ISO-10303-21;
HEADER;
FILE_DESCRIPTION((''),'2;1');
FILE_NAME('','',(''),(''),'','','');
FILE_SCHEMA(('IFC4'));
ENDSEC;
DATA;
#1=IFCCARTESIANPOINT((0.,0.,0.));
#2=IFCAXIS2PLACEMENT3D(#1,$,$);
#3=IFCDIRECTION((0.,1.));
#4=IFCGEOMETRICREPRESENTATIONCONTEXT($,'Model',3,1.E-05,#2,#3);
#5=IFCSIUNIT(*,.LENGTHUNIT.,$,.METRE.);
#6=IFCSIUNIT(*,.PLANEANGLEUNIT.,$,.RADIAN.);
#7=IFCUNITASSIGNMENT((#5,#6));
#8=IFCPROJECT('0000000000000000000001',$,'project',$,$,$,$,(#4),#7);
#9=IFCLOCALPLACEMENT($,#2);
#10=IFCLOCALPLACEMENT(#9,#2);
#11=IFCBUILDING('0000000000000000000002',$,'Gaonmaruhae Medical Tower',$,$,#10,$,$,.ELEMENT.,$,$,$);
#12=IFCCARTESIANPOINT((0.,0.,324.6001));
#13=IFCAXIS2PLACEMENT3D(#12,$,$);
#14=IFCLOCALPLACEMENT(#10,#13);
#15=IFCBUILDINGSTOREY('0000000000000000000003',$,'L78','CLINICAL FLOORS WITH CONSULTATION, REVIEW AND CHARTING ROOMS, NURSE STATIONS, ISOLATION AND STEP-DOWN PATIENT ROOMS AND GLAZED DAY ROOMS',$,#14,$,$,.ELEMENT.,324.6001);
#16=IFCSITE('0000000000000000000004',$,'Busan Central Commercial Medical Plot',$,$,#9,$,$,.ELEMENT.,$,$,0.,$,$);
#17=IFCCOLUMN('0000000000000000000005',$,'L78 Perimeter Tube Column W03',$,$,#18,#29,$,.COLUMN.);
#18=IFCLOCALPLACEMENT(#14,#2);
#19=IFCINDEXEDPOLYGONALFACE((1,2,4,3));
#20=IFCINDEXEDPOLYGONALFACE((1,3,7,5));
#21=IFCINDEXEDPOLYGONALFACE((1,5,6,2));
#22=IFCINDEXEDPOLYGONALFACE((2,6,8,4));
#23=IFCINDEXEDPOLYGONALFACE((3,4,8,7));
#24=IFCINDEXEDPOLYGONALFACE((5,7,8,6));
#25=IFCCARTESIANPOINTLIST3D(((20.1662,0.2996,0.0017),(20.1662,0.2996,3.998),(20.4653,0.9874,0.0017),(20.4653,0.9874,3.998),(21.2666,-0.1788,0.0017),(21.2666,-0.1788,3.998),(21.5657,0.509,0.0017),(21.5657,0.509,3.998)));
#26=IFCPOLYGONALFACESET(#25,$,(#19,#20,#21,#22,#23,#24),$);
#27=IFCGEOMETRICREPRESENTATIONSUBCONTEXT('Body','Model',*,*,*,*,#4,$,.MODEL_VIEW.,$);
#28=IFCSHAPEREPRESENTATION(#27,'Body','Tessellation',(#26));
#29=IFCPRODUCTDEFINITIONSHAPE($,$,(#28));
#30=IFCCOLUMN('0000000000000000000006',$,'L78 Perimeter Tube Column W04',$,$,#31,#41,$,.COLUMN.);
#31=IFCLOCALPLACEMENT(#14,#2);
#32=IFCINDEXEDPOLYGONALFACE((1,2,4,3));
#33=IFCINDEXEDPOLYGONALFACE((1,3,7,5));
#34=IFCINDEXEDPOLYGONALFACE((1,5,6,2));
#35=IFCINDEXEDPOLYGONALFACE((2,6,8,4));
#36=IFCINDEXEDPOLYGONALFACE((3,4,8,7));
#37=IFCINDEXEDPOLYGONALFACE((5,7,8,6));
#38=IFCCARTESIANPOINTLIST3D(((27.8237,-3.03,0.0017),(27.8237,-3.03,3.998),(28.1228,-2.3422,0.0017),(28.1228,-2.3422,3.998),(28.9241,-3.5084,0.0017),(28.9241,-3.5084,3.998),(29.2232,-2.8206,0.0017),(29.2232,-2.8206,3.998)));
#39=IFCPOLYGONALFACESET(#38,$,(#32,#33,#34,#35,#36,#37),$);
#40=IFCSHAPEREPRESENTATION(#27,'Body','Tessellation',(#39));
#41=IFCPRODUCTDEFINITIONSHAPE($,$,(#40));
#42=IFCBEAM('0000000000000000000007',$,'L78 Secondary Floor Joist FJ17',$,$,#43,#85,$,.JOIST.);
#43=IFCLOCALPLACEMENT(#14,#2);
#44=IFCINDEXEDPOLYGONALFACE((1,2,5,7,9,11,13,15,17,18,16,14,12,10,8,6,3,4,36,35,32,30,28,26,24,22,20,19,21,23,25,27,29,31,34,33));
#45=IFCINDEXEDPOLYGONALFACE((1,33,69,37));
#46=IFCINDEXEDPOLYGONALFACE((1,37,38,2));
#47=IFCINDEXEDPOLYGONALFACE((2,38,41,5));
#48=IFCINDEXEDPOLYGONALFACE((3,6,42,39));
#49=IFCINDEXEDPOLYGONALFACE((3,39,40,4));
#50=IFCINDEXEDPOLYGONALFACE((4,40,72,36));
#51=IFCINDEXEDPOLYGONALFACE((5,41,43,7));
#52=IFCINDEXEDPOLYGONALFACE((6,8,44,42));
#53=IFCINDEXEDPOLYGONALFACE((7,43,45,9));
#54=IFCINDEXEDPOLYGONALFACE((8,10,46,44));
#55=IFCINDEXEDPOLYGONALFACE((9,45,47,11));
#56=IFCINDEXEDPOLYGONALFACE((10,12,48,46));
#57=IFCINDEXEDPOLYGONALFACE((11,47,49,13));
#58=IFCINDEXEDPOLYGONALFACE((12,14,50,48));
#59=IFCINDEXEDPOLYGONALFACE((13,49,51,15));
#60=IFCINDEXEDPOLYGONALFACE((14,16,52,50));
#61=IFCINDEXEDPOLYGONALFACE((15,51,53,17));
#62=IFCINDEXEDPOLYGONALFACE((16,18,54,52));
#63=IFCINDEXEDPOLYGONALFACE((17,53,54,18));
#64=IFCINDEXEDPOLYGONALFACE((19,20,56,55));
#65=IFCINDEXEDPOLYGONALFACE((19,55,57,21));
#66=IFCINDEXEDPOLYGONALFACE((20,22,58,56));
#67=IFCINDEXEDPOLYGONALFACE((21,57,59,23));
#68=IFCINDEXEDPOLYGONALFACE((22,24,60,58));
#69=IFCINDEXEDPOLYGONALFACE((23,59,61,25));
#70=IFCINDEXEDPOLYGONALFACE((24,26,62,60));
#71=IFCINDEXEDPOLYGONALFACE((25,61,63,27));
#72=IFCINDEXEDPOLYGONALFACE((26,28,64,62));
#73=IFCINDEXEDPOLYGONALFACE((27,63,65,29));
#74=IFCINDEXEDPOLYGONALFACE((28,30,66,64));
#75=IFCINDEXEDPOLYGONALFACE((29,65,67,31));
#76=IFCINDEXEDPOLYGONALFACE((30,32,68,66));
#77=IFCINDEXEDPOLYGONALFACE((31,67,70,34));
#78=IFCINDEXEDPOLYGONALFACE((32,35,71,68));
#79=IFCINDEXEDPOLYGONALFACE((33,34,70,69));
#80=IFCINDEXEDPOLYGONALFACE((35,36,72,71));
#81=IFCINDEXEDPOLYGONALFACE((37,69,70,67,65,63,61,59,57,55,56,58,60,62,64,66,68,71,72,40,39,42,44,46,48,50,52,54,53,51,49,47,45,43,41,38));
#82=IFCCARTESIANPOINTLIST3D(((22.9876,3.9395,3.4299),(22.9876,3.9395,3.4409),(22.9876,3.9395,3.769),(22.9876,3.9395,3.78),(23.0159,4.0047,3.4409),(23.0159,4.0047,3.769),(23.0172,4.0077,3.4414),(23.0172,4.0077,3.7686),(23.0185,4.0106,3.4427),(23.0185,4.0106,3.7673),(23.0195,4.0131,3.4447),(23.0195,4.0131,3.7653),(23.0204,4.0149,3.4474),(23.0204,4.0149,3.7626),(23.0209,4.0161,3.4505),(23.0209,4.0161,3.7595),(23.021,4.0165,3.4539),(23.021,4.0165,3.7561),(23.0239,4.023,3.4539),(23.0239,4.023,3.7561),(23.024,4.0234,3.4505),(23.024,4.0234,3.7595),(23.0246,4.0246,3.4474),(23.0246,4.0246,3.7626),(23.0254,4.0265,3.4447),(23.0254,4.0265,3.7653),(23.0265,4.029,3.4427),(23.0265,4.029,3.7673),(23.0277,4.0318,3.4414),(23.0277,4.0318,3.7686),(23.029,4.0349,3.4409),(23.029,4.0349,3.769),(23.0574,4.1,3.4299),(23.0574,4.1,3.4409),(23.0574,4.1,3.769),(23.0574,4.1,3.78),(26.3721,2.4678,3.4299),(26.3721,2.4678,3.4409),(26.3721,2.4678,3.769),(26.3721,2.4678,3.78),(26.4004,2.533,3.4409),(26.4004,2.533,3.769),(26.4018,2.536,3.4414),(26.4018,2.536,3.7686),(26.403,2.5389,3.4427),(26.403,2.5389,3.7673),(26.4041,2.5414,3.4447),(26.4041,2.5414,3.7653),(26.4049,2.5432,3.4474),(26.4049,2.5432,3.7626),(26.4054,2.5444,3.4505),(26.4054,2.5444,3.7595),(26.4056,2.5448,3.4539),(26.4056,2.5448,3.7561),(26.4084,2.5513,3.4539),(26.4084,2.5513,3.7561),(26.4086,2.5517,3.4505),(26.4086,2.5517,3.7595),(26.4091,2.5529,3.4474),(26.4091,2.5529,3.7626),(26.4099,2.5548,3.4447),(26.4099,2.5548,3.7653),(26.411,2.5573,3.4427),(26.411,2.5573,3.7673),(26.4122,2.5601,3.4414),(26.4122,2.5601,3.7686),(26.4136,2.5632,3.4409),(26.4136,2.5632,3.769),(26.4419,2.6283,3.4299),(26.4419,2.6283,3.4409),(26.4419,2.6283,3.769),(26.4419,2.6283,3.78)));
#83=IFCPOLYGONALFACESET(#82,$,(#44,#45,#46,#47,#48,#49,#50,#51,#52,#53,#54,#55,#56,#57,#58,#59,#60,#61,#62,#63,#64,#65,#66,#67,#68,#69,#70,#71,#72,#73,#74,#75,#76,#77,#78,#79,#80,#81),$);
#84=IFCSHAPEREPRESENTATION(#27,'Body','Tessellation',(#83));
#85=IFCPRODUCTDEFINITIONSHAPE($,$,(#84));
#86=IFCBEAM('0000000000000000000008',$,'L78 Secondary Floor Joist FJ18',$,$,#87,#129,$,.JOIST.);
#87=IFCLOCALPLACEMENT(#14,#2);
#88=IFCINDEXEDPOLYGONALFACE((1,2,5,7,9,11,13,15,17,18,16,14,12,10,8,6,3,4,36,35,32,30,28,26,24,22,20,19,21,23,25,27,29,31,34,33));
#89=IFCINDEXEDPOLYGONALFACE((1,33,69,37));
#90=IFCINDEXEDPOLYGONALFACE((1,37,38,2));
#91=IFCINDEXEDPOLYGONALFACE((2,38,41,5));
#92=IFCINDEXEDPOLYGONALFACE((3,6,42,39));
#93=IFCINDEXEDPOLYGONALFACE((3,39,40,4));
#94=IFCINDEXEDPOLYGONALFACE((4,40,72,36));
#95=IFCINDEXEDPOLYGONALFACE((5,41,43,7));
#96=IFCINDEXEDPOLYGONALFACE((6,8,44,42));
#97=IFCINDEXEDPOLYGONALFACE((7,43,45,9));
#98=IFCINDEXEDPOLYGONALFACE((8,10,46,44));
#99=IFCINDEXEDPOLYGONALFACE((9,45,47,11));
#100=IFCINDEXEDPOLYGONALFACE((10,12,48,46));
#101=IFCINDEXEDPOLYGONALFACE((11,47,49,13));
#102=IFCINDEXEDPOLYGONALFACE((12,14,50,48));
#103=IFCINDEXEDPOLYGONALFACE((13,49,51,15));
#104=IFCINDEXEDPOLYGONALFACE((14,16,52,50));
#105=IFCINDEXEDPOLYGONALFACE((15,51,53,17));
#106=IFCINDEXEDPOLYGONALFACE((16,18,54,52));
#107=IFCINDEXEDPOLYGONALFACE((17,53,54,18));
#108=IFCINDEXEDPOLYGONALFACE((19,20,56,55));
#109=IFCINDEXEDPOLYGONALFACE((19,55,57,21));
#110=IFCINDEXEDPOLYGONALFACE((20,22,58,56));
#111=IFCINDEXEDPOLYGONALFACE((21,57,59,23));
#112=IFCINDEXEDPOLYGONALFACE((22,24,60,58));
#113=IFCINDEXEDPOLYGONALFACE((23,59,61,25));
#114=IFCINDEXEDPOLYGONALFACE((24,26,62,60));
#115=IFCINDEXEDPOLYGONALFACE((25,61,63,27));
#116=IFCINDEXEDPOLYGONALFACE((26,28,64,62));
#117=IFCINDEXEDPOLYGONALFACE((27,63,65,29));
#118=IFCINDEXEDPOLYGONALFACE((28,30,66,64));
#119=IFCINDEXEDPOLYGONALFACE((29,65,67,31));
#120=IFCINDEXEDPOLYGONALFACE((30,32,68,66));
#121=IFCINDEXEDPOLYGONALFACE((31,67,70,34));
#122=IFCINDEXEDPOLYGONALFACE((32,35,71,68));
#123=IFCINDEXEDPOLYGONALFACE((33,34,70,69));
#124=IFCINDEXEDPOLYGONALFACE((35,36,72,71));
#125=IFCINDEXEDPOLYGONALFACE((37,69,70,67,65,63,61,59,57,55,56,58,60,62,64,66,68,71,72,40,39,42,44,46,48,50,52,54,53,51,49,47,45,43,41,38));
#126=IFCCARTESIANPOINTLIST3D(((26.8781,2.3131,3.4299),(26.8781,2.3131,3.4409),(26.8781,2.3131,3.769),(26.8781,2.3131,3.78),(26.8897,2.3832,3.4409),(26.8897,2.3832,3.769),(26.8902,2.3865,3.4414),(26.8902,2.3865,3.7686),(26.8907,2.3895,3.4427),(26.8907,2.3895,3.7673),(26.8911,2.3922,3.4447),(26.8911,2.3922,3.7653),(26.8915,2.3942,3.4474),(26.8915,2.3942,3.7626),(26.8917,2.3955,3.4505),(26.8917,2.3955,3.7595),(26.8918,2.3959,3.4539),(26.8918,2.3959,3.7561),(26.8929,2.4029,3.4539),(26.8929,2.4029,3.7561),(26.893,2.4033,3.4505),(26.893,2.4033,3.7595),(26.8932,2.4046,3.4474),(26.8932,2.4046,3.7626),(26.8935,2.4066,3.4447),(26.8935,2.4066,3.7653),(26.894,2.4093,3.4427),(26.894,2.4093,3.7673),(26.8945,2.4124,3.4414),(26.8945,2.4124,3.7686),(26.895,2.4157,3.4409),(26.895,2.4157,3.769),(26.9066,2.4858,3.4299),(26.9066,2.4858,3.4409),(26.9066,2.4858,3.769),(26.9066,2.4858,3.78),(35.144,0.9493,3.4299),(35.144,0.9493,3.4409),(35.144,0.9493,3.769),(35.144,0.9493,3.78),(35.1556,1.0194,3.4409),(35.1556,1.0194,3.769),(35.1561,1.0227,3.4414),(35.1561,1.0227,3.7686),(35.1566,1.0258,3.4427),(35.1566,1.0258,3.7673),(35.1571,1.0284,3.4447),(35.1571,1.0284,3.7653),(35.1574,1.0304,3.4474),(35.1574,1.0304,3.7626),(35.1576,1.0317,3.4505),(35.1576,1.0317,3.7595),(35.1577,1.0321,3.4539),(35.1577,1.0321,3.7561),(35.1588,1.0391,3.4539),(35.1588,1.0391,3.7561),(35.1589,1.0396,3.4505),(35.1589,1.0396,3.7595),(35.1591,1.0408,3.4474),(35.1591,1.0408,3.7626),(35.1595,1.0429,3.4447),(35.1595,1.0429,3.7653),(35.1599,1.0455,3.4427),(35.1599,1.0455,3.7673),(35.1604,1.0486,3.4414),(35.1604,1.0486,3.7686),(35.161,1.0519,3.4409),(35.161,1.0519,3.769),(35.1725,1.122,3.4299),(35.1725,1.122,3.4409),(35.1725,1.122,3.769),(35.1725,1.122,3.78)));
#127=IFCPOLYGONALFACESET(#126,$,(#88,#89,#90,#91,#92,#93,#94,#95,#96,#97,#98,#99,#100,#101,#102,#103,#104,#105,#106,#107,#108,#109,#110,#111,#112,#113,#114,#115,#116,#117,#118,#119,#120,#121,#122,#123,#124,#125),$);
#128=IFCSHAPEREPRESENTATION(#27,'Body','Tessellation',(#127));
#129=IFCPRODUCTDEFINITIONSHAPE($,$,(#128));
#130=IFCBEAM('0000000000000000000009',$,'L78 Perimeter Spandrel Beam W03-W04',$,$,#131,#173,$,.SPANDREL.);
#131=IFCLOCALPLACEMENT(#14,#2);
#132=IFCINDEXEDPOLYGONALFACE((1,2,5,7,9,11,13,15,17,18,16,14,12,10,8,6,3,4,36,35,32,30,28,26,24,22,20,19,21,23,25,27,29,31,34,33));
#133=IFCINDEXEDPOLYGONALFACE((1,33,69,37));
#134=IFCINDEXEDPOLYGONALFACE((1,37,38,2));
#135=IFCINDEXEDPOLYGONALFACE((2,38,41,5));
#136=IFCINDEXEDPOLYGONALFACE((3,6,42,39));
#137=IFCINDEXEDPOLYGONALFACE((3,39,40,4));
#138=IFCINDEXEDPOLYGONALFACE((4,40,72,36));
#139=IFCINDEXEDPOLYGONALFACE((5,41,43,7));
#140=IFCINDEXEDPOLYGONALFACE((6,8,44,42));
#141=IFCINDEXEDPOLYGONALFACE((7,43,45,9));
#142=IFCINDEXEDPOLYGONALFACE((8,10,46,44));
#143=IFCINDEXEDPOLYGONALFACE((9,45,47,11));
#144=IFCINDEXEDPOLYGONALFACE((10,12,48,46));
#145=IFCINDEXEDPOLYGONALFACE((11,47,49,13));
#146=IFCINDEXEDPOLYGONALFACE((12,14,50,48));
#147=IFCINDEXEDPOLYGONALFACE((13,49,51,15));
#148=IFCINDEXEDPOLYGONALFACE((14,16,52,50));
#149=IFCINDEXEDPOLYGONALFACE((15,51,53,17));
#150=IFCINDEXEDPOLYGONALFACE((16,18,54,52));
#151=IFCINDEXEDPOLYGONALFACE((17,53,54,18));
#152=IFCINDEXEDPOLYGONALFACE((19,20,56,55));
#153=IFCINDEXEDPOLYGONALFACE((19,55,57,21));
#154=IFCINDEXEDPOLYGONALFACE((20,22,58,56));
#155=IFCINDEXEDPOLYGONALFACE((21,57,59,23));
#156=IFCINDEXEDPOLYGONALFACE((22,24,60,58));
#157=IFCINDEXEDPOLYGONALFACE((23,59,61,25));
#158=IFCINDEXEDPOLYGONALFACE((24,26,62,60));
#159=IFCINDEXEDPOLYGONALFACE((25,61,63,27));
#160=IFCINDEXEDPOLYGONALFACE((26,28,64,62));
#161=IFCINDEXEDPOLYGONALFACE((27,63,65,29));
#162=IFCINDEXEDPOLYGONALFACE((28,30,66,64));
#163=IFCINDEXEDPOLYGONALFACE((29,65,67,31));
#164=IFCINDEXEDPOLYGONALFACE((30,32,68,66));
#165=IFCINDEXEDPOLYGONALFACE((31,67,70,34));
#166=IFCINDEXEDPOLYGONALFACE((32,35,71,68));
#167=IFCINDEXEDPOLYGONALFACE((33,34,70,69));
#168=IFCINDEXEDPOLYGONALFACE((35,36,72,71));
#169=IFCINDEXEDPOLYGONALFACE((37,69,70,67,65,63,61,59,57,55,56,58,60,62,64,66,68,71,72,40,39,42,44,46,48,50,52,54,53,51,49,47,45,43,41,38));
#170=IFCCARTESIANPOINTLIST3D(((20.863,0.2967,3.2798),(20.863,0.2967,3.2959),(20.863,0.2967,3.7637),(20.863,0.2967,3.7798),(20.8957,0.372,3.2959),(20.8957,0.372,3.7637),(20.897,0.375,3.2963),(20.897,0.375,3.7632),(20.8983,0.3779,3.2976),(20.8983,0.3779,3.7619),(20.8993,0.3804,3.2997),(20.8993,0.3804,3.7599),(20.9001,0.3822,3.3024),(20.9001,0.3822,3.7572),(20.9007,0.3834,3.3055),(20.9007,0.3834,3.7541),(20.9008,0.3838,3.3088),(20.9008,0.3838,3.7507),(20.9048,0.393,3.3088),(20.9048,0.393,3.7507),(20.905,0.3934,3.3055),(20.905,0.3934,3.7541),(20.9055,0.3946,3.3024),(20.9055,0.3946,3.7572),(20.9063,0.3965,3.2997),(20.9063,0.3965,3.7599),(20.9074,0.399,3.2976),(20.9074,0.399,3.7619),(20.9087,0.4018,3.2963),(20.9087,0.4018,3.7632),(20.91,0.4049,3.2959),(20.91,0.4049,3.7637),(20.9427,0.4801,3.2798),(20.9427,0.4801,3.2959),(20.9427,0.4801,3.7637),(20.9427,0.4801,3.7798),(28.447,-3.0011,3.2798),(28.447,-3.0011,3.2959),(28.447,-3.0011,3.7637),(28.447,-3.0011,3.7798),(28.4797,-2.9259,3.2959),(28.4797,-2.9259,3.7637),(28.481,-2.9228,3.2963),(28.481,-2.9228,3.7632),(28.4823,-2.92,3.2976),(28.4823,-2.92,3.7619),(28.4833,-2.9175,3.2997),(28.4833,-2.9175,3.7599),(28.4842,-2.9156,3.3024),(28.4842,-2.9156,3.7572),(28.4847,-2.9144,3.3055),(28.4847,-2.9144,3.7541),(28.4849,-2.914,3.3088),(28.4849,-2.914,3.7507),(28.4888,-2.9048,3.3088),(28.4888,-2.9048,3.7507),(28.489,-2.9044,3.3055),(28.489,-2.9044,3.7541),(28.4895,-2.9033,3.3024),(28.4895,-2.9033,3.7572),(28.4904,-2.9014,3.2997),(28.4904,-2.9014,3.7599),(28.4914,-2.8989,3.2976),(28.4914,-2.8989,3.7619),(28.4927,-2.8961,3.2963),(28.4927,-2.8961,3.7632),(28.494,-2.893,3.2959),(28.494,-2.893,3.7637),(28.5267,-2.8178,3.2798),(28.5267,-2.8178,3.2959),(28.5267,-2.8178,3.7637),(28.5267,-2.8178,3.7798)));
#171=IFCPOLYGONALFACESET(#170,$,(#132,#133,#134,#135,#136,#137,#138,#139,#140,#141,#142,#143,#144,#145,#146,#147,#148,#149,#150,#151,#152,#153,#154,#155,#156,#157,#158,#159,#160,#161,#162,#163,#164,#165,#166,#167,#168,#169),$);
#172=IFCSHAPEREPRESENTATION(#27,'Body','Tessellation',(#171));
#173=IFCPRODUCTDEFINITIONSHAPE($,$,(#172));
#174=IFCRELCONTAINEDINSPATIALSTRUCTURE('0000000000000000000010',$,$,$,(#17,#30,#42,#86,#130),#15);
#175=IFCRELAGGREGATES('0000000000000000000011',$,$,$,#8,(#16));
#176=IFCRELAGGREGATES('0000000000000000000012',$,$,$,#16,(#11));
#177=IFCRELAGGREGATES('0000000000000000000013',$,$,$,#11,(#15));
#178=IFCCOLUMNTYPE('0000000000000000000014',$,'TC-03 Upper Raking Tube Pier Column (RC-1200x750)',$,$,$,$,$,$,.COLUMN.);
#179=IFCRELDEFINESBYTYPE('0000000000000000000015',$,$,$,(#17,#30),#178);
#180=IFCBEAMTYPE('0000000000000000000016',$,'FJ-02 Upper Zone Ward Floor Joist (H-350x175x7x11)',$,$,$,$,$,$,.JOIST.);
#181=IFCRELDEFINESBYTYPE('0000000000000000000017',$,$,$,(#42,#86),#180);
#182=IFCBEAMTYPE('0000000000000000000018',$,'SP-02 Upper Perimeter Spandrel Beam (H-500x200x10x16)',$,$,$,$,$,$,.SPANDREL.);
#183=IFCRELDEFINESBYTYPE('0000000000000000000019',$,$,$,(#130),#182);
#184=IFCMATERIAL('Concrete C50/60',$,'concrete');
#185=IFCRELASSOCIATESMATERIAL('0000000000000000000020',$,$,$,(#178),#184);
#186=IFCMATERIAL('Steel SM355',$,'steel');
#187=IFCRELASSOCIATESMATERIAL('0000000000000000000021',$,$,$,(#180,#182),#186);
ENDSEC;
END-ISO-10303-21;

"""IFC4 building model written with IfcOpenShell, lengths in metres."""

from ifc_helpers import new_model, si_unit, direction, frame, origin, origin_2d, place, context, subcontext, project, spatial, rectangle, i_section, extrude, material, material_profile, profile_set, type_object, element, save


model = new_model("IFC4")

# Units and contexts
model_context = context("Model", 3, precision=1e-05, world=origin(), true_north=direction((0.0, 1.0)))
body_context = subcontext(model_context, "Body", "Model", "MODEL_VIEW")
ifc_project = project(units=[si_unit("LENGTHUNIT", "METRE"), si_unit("PLANEANGLEUNIT", "RADIAN")], contexts=[model_context])

# Site, building, storey
site_placement = place(None, origin())
site = spatial("IfcSite", under=ifc_project, at=site_placement, Name="Busan Central Commercial Medical Plot", CompositionType="ELEMENT", RefElevation=0.0)
building_placement = place(site_placement, origin())
building = spatial("IfcBuilding", under=site, at=building_placement, Name="Gaonmaruhae Medical Tower", CompositionType="ELEMENT")
storey_placement = place(building_placement, frame((0.0, 0.0, 324.6001)))
storey = spatial("IfcBuildingStorey", under=building, at=storey_placement, Name="L78", Description="CLINICAL FLOORS WITH CONSULTATION, REVIEW AND CHARTING ROOMS, NURSE STATIONS, ISOLATION AND STEP-DOWN PATIENT ROOMS AND GLAZED DAY ROOMS", CompositionType="ELEMENT", Elevation=324.6001)

# Columns
ifc_material_1 = material(Name="Concrete C50/60", Category="concrete")
ifc_material_profile_1 = material_profile(ifc_material_1, rectangle(XDim=1.2, YDim=0.75, at=origin_2d()), Name="RC-1200x750")
ifc_profile_set_1 = profile_set([ifc_material_profile_1], Name="Concrete C50/60")
column_type = type_object("IfcColumnType", Name="TC-03 Upper Raking Tube Pier Column (RC-1200x750)", PredefinedType="COLUMN", material=ifc_profile_set_1)
for number, where, z_axis, x_axis, name in (
    (1, (20.866, 0.4043, 0.0017), (0.0, 0.0, 1.0), (-0.91706, 0.398749, 0.0), "L78 Perimeter Tube Column W03"),
    (2, (28.5234, -2.9253, 0.0017), (0.0, 0.0, 1.0), (-0.91706, 0.398749, 0.0), "L78 Perimeter Tube Column W04"),
):
    element("IfcColumn", number, at=place(storey_placement, frame(where, z_axis=z_axis, x_axis=x_axis)), inside=storey, type_object=column_type, Name=name, PredefinedType="COLUMN", context=body_context, shape_type="SweptSolid", body=[
        extrude(rectangle(XDim=1.2, YDim=0.75, at=origin_2d()), origin(), (0.0, 0.0, 1.0), 3.9963),
    ])

# Beams
ifc_material_2 = material(Name="Steel SM355", Category="steel")
ifc_material_profile_2 = material_profile(ifc_material_2, i_section(OverallWidth=0.175, OverallDepth=0.3501, WebThickness=0.0071, FlangeThickness=0.011, FilletRadius=0.0129, at=origin_2d()), Name="H-350x175x7x11")
ifc_profile_set_2 = profile_set([ifc_material_profile_2], Name="Steel SM355")
beam_type_1 = type_object("IfcBeamType", Name="FJ-02 Upper Zone Ward Floor Joist (H-350x175x7x11)", PredefinedType="JOIST", material=ifc_profile_set_2)
beam_1_placement = place(storey_placement, frame((23.0225, 4.0198, 3.605), z_axis=(0.917055, -0.39876, 0.0), x_axis=(0.39876, 0.917055, 0.0)))
element("IfcBeam", 3, at=beam_1_placement, inside=storey, type_object=beam_type_1, Name="L78 Secondary Floor Joist FJ17", PredefinedType="JOIST", context=body_context, shape_type="SweptSolid", body=[
    extrude(i_section(OverallWidth=0.175, OverallDepth=0.3501, WebThickness=0.0071, FlangeThickness=0.011, FilletRadius=0.0129, at=origin_2d()), origin(), (0.0, 0.0, 1.0), 3.6907),
])
beam_2_placement = place(storey_placement, frame((26.8923, 2.3994, 3.605), z_axis=(0.986661, -0.162787, 0.0), x_axis=(0.162787, 0.986661, 0.0)))
element("IfcBeam", 4, at=beam_2_placement, inside=storey, type_object=beam_type_1, Name="L78 Secondary Floor Joist FJ18", PredefinedType="JOIST", context=body_context, shape_type="SweptSolid", body=[
    extrude(i_section(OverallWidth=0.175, OverallDepth=0.3501, WebThickness=0.0071, FlangeThickness=0.011, FilletRadius=0.0129, at=origin_2d()), origin(), (0.0, 0.0, 1.0), 8.3777),
])
ifc_material_profile_3 = material_profile(ifc_material_2, i_section(OverallWidth=0.2, OverallDepth=0.5, WebThickness=0.01, FlangeThickness=0.0161, FilletRadius=0.0129, at=origin_2d()), Name="H-500x200x10x16")
ifc_profile_set_3 = profile_set([ifc_material_profile_3], Name="Steel SM355")
beam_type_2 = type_object("IfcBeamType", Name="SP-02 Upper Perimeter Spandrel Beam (H-500x200x10x16)", PredefinedType="SPANDREL", material=ifc_profile_set_3)
beam_3_placement = place(storey_placement, frame((20.9028, 0.3884, 3.5298), z_axis=(0.917049, -0.398774, 0.0), x_axis=(0.398774, 0.917049, 0.0)))
element("IfcBeam", 5, at=beam_3_placement, inside=storey, type_object=beam_type_2, Name="L78 Perimeter Spandrel Beam W03-W04", PredefinedType="SPANDREL", context=body_context, shape_type="SweptSolid", body=[
    extrude(i_section(OverallWidth=0.2, OverallDepth=0.5, WebThickness=0.01, FlangeThickness=0.0161, FilletRadius=0.0129, at=origin_2d()), origin(), (0.0, 0.0, 1.0), 8.27),
])

save(model, "model.ifc")
